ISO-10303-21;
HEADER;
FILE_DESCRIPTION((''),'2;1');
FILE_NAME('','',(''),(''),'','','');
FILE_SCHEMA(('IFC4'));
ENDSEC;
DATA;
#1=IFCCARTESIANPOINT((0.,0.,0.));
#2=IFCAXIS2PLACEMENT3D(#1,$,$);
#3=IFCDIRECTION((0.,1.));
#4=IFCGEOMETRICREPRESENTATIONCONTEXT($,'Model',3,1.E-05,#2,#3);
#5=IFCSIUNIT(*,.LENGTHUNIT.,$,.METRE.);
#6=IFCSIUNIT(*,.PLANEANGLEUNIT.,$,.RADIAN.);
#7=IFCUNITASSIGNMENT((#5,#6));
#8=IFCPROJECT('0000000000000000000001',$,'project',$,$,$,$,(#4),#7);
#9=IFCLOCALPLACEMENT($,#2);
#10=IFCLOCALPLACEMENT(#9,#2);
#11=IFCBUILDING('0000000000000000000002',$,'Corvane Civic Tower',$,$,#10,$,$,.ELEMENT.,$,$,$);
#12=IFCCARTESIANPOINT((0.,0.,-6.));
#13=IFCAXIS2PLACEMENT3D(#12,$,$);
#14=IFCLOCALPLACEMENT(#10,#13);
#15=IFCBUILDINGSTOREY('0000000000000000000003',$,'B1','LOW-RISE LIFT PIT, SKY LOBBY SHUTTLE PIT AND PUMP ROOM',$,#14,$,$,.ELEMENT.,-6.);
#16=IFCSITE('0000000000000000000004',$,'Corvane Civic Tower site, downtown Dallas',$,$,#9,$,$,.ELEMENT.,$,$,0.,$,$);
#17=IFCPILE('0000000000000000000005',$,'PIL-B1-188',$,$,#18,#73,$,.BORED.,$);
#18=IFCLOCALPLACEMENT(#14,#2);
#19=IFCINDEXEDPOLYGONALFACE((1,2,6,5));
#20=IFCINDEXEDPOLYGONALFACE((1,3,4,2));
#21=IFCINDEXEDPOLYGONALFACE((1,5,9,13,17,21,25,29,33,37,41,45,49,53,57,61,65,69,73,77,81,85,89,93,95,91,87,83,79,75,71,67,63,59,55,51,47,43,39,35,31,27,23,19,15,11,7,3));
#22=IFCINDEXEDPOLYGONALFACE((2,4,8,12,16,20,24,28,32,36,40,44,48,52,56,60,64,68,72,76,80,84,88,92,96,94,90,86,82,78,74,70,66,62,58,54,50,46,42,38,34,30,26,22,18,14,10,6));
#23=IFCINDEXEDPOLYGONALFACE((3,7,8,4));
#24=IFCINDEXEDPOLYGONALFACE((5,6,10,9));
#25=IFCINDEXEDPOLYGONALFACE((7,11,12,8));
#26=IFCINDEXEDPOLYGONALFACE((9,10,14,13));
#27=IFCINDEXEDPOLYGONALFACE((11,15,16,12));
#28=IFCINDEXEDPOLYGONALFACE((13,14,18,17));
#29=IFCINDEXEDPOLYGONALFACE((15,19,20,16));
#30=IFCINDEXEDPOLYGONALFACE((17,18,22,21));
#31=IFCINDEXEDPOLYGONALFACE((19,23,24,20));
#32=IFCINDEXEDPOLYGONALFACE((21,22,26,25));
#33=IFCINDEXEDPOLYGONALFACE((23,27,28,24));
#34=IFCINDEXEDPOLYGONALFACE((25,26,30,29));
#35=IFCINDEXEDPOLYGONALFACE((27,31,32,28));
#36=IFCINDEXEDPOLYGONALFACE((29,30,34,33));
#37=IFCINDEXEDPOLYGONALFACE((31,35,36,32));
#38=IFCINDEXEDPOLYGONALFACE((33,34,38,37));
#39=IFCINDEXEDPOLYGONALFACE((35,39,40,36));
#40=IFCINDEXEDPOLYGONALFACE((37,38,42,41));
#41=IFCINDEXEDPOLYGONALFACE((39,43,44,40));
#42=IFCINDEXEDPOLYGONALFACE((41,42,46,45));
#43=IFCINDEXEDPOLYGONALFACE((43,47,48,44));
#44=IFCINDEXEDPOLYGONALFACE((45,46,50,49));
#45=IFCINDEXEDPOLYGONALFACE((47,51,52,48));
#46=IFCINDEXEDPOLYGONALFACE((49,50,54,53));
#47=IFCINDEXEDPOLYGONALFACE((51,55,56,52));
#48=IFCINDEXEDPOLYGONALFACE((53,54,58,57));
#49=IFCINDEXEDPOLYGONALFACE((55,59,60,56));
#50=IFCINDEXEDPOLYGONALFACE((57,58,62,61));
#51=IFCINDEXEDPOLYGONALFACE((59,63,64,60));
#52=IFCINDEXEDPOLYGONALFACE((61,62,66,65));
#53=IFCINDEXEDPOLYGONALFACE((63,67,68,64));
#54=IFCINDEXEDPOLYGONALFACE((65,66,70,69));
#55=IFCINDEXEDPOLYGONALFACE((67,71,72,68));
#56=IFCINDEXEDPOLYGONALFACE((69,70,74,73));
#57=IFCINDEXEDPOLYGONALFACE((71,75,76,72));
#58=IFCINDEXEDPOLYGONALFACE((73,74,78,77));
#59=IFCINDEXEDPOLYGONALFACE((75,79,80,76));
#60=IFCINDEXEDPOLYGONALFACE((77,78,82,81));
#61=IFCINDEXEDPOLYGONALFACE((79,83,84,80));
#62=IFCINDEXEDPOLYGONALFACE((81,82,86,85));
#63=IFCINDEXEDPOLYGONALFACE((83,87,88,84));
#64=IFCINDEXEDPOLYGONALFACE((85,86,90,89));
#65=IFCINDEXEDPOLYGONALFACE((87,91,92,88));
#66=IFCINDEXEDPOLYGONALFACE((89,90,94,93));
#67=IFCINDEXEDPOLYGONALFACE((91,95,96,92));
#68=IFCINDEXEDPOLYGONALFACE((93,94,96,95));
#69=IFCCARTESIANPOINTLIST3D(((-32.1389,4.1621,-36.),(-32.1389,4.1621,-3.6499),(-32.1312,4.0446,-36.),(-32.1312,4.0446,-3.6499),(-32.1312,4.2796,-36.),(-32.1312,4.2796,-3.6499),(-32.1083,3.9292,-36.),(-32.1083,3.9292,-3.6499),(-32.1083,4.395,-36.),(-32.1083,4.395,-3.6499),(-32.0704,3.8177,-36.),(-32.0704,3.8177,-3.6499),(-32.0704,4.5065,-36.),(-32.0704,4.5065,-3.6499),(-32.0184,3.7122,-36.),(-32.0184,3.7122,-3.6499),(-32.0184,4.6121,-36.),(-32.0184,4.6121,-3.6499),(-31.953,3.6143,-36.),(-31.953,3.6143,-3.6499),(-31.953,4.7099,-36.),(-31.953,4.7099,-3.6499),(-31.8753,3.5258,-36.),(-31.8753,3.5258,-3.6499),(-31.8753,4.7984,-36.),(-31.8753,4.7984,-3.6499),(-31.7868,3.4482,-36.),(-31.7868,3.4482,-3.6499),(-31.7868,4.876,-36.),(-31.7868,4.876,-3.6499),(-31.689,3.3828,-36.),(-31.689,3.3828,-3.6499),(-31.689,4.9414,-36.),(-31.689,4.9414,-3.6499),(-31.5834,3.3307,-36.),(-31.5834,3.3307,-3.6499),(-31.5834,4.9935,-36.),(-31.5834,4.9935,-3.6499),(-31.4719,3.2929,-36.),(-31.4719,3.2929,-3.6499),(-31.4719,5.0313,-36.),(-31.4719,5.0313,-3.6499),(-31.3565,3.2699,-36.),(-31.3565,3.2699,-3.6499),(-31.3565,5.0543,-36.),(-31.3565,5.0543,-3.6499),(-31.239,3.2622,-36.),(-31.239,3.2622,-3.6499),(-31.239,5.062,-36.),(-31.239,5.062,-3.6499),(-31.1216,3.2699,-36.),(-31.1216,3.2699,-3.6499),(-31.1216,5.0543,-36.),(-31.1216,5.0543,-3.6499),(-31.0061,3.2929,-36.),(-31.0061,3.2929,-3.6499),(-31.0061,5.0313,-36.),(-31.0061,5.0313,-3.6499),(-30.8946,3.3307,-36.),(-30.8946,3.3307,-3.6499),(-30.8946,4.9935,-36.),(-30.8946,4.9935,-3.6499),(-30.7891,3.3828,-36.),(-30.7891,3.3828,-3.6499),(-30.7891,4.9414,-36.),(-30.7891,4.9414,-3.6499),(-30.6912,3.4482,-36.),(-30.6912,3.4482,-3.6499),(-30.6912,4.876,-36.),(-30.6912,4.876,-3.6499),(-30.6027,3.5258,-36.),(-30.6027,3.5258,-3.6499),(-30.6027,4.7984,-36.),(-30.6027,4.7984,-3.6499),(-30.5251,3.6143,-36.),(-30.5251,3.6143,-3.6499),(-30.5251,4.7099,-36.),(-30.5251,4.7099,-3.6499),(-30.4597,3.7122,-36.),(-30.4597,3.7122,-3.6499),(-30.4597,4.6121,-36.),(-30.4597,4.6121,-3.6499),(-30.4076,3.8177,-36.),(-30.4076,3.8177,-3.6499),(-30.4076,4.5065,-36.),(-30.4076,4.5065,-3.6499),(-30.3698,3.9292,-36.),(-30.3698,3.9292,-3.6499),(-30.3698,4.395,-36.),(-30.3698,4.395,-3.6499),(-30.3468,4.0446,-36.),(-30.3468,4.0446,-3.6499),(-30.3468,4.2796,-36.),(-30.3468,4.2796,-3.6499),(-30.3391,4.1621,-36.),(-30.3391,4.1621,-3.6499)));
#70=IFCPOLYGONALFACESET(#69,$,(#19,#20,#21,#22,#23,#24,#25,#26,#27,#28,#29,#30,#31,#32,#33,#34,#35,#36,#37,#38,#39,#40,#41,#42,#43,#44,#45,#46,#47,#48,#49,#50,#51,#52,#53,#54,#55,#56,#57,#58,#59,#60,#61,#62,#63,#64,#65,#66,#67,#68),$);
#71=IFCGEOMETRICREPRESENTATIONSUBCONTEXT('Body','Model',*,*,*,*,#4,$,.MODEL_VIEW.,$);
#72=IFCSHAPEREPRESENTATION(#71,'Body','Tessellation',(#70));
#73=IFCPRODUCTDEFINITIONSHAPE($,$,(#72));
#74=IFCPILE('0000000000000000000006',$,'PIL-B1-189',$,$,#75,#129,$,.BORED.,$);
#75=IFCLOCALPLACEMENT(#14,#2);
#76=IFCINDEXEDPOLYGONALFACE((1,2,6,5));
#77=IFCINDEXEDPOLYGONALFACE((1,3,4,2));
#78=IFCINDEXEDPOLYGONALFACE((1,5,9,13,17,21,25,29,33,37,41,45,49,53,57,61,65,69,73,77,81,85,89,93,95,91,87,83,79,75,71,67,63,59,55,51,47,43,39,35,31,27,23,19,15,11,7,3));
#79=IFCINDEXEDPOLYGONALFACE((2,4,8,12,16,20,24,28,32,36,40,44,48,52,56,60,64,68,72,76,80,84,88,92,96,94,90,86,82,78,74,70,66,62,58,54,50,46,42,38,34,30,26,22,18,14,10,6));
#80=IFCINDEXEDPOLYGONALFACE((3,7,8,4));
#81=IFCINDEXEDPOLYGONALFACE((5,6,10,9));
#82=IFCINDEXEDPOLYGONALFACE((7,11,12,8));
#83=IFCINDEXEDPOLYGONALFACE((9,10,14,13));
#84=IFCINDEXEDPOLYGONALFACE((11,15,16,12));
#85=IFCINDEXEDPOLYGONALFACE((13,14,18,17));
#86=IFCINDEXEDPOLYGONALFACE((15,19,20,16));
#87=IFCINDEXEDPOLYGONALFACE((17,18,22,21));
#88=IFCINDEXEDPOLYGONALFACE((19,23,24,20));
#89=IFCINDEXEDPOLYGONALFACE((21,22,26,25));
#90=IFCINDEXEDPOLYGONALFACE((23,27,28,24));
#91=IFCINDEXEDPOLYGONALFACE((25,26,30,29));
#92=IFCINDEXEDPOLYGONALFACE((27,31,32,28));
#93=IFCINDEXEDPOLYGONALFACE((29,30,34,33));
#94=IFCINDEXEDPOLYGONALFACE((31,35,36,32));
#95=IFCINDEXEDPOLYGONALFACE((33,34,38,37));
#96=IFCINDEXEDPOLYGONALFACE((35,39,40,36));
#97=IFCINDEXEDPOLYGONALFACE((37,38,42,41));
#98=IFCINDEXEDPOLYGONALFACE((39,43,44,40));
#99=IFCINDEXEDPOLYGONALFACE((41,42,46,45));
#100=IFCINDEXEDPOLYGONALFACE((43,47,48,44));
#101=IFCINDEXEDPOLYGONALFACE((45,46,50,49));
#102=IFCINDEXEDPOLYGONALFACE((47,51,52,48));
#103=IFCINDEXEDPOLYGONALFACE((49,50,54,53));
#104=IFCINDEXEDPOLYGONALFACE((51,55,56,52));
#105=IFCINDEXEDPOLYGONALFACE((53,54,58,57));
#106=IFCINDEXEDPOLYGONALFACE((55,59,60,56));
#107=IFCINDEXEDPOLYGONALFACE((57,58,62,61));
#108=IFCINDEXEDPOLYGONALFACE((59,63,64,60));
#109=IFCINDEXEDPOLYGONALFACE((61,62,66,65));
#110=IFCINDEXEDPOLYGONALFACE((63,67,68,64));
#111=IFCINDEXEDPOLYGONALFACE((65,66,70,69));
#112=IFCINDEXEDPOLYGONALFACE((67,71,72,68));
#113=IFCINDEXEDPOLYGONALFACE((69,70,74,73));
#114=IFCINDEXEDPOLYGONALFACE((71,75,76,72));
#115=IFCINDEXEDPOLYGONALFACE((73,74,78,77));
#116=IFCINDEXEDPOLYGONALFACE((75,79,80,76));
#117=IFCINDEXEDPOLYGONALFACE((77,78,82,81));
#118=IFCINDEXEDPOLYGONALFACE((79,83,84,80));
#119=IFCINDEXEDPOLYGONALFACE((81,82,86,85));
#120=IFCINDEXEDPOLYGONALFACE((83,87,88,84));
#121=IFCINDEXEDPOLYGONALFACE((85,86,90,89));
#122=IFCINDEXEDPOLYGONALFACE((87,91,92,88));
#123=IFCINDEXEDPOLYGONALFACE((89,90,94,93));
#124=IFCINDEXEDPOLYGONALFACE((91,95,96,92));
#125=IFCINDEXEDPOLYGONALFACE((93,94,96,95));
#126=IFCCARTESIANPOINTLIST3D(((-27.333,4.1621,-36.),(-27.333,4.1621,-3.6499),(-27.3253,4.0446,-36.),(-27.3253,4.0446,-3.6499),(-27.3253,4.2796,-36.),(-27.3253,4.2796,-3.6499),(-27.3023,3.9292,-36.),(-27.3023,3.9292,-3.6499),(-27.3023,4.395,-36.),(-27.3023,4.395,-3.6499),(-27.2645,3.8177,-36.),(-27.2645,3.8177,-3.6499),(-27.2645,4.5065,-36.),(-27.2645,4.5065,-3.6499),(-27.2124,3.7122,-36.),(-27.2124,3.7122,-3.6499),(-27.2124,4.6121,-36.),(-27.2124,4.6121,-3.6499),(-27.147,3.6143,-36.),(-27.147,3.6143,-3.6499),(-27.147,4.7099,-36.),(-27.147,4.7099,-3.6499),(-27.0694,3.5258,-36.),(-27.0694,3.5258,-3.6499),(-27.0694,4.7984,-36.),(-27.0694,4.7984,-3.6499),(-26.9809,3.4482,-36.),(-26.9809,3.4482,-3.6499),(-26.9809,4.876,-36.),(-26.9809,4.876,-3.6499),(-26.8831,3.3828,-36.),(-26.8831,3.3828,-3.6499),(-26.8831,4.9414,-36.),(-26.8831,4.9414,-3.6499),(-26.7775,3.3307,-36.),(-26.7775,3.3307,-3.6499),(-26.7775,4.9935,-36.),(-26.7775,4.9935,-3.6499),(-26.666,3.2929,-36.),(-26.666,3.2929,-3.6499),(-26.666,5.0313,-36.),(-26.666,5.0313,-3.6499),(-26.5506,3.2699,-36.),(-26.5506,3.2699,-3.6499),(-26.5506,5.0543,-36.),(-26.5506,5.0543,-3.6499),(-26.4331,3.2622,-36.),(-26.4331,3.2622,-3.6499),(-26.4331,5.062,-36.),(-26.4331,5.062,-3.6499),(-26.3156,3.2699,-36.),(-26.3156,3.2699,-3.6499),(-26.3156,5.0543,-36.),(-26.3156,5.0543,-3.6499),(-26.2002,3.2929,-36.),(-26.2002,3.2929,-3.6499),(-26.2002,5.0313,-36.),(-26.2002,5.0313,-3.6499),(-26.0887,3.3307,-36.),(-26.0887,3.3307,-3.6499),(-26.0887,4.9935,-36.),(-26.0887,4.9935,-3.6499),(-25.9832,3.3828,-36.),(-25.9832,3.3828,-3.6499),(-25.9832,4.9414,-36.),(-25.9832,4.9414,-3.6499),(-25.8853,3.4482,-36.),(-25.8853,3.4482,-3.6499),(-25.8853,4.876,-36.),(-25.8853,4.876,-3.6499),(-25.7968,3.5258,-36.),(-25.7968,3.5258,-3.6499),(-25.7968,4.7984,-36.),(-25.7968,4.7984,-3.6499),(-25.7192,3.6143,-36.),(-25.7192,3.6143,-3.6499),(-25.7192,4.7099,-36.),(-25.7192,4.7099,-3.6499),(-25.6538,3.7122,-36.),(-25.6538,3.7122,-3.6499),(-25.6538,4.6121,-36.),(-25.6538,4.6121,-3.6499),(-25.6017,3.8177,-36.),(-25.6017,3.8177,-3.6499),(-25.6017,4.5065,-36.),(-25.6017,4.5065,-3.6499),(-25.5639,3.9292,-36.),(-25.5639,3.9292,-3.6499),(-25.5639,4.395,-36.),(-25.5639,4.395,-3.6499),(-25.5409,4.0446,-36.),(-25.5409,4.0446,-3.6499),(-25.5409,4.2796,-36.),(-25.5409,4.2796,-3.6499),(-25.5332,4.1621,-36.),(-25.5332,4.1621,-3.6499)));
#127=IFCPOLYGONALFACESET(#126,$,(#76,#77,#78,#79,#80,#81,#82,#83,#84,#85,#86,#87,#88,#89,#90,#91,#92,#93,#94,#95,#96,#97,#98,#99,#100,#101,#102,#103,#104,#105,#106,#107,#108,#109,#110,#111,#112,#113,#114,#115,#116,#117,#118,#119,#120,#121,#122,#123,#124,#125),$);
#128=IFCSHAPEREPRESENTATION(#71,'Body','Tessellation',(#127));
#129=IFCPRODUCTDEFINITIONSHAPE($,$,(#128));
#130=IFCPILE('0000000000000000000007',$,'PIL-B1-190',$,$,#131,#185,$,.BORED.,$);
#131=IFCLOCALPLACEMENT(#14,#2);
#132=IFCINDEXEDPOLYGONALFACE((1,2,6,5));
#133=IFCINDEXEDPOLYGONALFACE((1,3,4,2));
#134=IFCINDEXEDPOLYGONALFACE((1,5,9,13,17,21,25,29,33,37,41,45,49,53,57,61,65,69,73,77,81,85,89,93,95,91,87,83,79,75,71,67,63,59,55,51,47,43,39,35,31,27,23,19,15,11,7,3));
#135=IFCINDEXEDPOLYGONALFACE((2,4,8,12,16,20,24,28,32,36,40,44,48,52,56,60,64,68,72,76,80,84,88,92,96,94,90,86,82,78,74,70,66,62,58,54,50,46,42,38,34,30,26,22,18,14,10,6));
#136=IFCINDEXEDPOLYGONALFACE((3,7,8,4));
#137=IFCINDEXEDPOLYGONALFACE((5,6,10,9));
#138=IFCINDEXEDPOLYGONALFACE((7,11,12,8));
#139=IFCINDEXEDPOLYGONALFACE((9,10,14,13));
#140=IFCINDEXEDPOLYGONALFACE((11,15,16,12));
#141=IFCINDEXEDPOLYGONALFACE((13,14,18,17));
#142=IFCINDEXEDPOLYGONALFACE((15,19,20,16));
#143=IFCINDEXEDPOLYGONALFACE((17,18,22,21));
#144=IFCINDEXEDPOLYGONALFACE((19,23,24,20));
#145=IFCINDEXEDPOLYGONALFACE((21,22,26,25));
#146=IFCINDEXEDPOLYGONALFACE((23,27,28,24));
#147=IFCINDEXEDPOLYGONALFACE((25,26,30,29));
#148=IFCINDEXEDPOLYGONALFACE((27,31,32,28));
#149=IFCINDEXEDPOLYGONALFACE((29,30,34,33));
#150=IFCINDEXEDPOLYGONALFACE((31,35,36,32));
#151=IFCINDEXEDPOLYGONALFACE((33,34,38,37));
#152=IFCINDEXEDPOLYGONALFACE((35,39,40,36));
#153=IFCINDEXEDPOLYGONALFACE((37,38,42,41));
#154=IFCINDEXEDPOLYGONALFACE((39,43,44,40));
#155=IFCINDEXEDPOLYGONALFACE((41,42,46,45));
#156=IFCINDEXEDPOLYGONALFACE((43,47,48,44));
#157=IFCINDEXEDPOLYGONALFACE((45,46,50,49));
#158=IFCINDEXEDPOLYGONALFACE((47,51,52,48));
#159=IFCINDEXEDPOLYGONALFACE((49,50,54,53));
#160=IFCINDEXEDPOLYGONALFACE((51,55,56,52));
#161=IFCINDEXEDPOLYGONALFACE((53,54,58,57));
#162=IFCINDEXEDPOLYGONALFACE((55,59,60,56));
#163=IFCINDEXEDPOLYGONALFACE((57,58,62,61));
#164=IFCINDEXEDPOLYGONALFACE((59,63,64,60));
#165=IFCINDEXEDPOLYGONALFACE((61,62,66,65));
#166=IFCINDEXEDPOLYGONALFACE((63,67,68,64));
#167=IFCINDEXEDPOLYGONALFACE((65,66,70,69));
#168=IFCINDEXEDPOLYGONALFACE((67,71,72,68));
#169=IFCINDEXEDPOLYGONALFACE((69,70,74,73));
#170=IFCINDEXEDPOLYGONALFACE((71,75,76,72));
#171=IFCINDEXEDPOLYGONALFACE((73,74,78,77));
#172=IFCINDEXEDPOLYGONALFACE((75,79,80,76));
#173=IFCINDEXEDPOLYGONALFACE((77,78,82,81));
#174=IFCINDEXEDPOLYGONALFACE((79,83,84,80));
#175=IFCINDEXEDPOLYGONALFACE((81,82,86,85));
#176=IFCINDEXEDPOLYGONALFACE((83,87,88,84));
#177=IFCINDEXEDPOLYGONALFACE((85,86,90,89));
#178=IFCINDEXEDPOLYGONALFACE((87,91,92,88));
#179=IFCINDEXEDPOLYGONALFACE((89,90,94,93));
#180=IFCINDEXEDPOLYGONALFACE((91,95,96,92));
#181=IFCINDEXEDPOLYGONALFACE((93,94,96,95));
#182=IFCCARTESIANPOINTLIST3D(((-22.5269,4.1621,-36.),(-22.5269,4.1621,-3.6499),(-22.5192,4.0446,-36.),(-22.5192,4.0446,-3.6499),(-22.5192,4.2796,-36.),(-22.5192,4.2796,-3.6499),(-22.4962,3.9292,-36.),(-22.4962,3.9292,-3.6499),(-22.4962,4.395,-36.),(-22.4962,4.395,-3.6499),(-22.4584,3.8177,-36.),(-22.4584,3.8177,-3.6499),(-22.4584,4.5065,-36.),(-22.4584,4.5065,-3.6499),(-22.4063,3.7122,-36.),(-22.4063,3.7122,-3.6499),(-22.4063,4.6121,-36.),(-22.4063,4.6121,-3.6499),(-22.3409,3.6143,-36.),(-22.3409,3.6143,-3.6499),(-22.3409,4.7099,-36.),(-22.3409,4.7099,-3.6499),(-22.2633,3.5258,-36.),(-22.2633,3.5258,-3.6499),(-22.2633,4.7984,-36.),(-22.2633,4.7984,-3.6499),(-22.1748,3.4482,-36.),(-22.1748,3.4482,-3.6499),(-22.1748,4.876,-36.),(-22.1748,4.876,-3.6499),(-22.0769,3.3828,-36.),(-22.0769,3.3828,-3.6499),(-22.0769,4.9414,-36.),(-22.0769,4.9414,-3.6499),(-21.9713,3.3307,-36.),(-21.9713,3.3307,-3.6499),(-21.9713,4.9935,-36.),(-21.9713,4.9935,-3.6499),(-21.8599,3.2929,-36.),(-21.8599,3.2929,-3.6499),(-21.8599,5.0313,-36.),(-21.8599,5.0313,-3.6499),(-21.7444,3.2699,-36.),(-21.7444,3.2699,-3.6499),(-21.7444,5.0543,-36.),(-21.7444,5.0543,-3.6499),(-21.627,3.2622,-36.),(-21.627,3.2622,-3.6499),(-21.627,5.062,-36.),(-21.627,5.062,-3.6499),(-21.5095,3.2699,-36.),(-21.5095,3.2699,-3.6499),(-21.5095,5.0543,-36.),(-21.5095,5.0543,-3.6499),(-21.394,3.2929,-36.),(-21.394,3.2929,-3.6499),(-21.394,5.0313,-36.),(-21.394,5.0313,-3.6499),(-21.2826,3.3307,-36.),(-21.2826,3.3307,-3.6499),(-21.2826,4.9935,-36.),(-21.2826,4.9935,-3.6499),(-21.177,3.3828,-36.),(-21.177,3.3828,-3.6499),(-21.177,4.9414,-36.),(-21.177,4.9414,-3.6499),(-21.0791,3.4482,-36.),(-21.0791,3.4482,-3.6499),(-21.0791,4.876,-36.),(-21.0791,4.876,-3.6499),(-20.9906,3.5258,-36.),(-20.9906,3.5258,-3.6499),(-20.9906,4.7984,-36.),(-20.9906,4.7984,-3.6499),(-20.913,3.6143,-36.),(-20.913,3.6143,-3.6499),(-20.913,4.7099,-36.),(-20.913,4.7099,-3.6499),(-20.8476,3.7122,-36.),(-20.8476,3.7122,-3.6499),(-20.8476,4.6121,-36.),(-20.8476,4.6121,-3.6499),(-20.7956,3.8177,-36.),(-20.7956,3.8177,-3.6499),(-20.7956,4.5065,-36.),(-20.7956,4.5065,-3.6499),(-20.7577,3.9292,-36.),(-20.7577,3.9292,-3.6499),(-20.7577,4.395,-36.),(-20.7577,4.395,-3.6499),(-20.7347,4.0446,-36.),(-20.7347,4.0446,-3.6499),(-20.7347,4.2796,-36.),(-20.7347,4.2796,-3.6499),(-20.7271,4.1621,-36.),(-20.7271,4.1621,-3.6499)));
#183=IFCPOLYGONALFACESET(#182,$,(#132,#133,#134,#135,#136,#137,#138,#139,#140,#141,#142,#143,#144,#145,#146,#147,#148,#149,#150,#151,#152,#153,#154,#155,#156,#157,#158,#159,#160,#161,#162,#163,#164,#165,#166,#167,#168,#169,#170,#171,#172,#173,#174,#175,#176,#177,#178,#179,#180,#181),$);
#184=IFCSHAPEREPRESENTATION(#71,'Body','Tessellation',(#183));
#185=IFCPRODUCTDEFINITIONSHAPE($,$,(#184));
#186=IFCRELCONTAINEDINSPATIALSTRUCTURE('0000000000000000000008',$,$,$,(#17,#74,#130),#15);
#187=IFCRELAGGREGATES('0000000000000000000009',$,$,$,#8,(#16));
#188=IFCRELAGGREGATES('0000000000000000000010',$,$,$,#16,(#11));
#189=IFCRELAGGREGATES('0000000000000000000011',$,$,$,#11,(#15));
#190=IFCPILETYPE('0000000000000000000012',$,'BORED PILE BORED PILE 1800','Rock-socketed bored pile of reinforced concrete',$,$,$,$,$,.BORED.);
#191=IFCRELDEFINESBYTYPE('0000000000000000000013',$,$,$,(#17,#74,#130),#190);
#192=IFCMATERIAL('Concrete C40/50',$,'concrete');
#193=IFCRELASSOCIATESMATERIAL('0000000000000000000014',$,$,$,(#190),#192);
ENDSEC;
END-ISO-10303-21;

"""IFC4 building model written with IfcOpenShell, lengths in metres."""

from ifc_helpers import new_model, si_unit, direction, frame, origin, origin_2d, place, context, subcontext, project, spatial, circle, extrude, material, material_profile, profile_set, type_object, element, save


model = new_model("IFC4")

# Units and contexts
model_context = context("Model", 3, precision=1e-05, world=origin(), true_north=direction((0.0, 1.0)))
body_context = subcontext(model_context, "Body", "Model", "MODEL_VIEW")
ifc_project = project(units=[si_unit("LENGTHUNIT", "METRE"), si_unit("PLANEANGLEUNIT", "RADIAN")], contexts=[model_context])

# Site, building, storey
site_placement = place(None, origin())
site = spatial("IfcSite", under=ifc_project, at=site_placement, Name="Corvane Civic Tower site, downtown Dallas", CompositionType="ELEMENT", RefElevation=0.0)
building_placement = place(site_placement, origin())
building = spatial("IfcBuilding", under=site, at=building_placement, Name="Corvane Civic Tower", CompositionType="ELEMENT")
storey_placement = place(building_placement, frame((0.0, 0.0, -6.0)))
storey = spatial("IfcBuildingStorey", under=building, at=storey_placement, Name="B1", Description="LOW-RISE LIFT PIT, SKY LOBBY SHUTTLE PIT AND PUMP ROOM", CompositionType="ELEMENT", Elevation=-6.0)

# Piles
ifc_material_1 = material(Name="Concrete C40/50", Category="concrete")
ifc_material_profile_1 = material_profile(ifc_material_1, circle(Radius=0.8999, at=origin_2d()), Name="BORED PILE 1800")
ifc_profile_set_1 = profile_set([ifc_material_profile_1], Name="Concrete C40/50")
pile_type = type_object("IfcPileType", Name="BORED PILE BORED PILE 1800", Description="Rock-socketed bored pile of reinforced concrete", PredefinedType="BORED", material=ifc_profile_set_1)
for number, where, z_axis, x_axis, name in (
    (1, (-31.239, 4.1621, -3.6499), (0.0, 0.0, -1.0), (1.0, 0.0, 0.0), "PIL-B1-188"),
    (2, (-26.4331, 4.1621, -3.6499), (0.0, 0.0, -1.0), (1.0, 0.0, 0.0), "PIL-B1-189"),
    (3, (-21.627, 4.1621, -3.6499), (0.0, 0.0, -1.0), (1.0, 0.0, 0.0), "PIL-B1-190"),
):
    element("IfcPile", number, at=place(storey_placement, frame(where, z_axis=z_axis, x_axis=x_axis)), inside=storey, type_object=pile_type, Name=name, PredefinedType="BORED", context=body_context, shape_type="SweptSolid", body=[
        extrude(circle(Radius=0.8999, at=origin_2d()), origin(), (0.0, 0.0, 1.0), 32.3501),
    ])

save(model, "model.ifc")
